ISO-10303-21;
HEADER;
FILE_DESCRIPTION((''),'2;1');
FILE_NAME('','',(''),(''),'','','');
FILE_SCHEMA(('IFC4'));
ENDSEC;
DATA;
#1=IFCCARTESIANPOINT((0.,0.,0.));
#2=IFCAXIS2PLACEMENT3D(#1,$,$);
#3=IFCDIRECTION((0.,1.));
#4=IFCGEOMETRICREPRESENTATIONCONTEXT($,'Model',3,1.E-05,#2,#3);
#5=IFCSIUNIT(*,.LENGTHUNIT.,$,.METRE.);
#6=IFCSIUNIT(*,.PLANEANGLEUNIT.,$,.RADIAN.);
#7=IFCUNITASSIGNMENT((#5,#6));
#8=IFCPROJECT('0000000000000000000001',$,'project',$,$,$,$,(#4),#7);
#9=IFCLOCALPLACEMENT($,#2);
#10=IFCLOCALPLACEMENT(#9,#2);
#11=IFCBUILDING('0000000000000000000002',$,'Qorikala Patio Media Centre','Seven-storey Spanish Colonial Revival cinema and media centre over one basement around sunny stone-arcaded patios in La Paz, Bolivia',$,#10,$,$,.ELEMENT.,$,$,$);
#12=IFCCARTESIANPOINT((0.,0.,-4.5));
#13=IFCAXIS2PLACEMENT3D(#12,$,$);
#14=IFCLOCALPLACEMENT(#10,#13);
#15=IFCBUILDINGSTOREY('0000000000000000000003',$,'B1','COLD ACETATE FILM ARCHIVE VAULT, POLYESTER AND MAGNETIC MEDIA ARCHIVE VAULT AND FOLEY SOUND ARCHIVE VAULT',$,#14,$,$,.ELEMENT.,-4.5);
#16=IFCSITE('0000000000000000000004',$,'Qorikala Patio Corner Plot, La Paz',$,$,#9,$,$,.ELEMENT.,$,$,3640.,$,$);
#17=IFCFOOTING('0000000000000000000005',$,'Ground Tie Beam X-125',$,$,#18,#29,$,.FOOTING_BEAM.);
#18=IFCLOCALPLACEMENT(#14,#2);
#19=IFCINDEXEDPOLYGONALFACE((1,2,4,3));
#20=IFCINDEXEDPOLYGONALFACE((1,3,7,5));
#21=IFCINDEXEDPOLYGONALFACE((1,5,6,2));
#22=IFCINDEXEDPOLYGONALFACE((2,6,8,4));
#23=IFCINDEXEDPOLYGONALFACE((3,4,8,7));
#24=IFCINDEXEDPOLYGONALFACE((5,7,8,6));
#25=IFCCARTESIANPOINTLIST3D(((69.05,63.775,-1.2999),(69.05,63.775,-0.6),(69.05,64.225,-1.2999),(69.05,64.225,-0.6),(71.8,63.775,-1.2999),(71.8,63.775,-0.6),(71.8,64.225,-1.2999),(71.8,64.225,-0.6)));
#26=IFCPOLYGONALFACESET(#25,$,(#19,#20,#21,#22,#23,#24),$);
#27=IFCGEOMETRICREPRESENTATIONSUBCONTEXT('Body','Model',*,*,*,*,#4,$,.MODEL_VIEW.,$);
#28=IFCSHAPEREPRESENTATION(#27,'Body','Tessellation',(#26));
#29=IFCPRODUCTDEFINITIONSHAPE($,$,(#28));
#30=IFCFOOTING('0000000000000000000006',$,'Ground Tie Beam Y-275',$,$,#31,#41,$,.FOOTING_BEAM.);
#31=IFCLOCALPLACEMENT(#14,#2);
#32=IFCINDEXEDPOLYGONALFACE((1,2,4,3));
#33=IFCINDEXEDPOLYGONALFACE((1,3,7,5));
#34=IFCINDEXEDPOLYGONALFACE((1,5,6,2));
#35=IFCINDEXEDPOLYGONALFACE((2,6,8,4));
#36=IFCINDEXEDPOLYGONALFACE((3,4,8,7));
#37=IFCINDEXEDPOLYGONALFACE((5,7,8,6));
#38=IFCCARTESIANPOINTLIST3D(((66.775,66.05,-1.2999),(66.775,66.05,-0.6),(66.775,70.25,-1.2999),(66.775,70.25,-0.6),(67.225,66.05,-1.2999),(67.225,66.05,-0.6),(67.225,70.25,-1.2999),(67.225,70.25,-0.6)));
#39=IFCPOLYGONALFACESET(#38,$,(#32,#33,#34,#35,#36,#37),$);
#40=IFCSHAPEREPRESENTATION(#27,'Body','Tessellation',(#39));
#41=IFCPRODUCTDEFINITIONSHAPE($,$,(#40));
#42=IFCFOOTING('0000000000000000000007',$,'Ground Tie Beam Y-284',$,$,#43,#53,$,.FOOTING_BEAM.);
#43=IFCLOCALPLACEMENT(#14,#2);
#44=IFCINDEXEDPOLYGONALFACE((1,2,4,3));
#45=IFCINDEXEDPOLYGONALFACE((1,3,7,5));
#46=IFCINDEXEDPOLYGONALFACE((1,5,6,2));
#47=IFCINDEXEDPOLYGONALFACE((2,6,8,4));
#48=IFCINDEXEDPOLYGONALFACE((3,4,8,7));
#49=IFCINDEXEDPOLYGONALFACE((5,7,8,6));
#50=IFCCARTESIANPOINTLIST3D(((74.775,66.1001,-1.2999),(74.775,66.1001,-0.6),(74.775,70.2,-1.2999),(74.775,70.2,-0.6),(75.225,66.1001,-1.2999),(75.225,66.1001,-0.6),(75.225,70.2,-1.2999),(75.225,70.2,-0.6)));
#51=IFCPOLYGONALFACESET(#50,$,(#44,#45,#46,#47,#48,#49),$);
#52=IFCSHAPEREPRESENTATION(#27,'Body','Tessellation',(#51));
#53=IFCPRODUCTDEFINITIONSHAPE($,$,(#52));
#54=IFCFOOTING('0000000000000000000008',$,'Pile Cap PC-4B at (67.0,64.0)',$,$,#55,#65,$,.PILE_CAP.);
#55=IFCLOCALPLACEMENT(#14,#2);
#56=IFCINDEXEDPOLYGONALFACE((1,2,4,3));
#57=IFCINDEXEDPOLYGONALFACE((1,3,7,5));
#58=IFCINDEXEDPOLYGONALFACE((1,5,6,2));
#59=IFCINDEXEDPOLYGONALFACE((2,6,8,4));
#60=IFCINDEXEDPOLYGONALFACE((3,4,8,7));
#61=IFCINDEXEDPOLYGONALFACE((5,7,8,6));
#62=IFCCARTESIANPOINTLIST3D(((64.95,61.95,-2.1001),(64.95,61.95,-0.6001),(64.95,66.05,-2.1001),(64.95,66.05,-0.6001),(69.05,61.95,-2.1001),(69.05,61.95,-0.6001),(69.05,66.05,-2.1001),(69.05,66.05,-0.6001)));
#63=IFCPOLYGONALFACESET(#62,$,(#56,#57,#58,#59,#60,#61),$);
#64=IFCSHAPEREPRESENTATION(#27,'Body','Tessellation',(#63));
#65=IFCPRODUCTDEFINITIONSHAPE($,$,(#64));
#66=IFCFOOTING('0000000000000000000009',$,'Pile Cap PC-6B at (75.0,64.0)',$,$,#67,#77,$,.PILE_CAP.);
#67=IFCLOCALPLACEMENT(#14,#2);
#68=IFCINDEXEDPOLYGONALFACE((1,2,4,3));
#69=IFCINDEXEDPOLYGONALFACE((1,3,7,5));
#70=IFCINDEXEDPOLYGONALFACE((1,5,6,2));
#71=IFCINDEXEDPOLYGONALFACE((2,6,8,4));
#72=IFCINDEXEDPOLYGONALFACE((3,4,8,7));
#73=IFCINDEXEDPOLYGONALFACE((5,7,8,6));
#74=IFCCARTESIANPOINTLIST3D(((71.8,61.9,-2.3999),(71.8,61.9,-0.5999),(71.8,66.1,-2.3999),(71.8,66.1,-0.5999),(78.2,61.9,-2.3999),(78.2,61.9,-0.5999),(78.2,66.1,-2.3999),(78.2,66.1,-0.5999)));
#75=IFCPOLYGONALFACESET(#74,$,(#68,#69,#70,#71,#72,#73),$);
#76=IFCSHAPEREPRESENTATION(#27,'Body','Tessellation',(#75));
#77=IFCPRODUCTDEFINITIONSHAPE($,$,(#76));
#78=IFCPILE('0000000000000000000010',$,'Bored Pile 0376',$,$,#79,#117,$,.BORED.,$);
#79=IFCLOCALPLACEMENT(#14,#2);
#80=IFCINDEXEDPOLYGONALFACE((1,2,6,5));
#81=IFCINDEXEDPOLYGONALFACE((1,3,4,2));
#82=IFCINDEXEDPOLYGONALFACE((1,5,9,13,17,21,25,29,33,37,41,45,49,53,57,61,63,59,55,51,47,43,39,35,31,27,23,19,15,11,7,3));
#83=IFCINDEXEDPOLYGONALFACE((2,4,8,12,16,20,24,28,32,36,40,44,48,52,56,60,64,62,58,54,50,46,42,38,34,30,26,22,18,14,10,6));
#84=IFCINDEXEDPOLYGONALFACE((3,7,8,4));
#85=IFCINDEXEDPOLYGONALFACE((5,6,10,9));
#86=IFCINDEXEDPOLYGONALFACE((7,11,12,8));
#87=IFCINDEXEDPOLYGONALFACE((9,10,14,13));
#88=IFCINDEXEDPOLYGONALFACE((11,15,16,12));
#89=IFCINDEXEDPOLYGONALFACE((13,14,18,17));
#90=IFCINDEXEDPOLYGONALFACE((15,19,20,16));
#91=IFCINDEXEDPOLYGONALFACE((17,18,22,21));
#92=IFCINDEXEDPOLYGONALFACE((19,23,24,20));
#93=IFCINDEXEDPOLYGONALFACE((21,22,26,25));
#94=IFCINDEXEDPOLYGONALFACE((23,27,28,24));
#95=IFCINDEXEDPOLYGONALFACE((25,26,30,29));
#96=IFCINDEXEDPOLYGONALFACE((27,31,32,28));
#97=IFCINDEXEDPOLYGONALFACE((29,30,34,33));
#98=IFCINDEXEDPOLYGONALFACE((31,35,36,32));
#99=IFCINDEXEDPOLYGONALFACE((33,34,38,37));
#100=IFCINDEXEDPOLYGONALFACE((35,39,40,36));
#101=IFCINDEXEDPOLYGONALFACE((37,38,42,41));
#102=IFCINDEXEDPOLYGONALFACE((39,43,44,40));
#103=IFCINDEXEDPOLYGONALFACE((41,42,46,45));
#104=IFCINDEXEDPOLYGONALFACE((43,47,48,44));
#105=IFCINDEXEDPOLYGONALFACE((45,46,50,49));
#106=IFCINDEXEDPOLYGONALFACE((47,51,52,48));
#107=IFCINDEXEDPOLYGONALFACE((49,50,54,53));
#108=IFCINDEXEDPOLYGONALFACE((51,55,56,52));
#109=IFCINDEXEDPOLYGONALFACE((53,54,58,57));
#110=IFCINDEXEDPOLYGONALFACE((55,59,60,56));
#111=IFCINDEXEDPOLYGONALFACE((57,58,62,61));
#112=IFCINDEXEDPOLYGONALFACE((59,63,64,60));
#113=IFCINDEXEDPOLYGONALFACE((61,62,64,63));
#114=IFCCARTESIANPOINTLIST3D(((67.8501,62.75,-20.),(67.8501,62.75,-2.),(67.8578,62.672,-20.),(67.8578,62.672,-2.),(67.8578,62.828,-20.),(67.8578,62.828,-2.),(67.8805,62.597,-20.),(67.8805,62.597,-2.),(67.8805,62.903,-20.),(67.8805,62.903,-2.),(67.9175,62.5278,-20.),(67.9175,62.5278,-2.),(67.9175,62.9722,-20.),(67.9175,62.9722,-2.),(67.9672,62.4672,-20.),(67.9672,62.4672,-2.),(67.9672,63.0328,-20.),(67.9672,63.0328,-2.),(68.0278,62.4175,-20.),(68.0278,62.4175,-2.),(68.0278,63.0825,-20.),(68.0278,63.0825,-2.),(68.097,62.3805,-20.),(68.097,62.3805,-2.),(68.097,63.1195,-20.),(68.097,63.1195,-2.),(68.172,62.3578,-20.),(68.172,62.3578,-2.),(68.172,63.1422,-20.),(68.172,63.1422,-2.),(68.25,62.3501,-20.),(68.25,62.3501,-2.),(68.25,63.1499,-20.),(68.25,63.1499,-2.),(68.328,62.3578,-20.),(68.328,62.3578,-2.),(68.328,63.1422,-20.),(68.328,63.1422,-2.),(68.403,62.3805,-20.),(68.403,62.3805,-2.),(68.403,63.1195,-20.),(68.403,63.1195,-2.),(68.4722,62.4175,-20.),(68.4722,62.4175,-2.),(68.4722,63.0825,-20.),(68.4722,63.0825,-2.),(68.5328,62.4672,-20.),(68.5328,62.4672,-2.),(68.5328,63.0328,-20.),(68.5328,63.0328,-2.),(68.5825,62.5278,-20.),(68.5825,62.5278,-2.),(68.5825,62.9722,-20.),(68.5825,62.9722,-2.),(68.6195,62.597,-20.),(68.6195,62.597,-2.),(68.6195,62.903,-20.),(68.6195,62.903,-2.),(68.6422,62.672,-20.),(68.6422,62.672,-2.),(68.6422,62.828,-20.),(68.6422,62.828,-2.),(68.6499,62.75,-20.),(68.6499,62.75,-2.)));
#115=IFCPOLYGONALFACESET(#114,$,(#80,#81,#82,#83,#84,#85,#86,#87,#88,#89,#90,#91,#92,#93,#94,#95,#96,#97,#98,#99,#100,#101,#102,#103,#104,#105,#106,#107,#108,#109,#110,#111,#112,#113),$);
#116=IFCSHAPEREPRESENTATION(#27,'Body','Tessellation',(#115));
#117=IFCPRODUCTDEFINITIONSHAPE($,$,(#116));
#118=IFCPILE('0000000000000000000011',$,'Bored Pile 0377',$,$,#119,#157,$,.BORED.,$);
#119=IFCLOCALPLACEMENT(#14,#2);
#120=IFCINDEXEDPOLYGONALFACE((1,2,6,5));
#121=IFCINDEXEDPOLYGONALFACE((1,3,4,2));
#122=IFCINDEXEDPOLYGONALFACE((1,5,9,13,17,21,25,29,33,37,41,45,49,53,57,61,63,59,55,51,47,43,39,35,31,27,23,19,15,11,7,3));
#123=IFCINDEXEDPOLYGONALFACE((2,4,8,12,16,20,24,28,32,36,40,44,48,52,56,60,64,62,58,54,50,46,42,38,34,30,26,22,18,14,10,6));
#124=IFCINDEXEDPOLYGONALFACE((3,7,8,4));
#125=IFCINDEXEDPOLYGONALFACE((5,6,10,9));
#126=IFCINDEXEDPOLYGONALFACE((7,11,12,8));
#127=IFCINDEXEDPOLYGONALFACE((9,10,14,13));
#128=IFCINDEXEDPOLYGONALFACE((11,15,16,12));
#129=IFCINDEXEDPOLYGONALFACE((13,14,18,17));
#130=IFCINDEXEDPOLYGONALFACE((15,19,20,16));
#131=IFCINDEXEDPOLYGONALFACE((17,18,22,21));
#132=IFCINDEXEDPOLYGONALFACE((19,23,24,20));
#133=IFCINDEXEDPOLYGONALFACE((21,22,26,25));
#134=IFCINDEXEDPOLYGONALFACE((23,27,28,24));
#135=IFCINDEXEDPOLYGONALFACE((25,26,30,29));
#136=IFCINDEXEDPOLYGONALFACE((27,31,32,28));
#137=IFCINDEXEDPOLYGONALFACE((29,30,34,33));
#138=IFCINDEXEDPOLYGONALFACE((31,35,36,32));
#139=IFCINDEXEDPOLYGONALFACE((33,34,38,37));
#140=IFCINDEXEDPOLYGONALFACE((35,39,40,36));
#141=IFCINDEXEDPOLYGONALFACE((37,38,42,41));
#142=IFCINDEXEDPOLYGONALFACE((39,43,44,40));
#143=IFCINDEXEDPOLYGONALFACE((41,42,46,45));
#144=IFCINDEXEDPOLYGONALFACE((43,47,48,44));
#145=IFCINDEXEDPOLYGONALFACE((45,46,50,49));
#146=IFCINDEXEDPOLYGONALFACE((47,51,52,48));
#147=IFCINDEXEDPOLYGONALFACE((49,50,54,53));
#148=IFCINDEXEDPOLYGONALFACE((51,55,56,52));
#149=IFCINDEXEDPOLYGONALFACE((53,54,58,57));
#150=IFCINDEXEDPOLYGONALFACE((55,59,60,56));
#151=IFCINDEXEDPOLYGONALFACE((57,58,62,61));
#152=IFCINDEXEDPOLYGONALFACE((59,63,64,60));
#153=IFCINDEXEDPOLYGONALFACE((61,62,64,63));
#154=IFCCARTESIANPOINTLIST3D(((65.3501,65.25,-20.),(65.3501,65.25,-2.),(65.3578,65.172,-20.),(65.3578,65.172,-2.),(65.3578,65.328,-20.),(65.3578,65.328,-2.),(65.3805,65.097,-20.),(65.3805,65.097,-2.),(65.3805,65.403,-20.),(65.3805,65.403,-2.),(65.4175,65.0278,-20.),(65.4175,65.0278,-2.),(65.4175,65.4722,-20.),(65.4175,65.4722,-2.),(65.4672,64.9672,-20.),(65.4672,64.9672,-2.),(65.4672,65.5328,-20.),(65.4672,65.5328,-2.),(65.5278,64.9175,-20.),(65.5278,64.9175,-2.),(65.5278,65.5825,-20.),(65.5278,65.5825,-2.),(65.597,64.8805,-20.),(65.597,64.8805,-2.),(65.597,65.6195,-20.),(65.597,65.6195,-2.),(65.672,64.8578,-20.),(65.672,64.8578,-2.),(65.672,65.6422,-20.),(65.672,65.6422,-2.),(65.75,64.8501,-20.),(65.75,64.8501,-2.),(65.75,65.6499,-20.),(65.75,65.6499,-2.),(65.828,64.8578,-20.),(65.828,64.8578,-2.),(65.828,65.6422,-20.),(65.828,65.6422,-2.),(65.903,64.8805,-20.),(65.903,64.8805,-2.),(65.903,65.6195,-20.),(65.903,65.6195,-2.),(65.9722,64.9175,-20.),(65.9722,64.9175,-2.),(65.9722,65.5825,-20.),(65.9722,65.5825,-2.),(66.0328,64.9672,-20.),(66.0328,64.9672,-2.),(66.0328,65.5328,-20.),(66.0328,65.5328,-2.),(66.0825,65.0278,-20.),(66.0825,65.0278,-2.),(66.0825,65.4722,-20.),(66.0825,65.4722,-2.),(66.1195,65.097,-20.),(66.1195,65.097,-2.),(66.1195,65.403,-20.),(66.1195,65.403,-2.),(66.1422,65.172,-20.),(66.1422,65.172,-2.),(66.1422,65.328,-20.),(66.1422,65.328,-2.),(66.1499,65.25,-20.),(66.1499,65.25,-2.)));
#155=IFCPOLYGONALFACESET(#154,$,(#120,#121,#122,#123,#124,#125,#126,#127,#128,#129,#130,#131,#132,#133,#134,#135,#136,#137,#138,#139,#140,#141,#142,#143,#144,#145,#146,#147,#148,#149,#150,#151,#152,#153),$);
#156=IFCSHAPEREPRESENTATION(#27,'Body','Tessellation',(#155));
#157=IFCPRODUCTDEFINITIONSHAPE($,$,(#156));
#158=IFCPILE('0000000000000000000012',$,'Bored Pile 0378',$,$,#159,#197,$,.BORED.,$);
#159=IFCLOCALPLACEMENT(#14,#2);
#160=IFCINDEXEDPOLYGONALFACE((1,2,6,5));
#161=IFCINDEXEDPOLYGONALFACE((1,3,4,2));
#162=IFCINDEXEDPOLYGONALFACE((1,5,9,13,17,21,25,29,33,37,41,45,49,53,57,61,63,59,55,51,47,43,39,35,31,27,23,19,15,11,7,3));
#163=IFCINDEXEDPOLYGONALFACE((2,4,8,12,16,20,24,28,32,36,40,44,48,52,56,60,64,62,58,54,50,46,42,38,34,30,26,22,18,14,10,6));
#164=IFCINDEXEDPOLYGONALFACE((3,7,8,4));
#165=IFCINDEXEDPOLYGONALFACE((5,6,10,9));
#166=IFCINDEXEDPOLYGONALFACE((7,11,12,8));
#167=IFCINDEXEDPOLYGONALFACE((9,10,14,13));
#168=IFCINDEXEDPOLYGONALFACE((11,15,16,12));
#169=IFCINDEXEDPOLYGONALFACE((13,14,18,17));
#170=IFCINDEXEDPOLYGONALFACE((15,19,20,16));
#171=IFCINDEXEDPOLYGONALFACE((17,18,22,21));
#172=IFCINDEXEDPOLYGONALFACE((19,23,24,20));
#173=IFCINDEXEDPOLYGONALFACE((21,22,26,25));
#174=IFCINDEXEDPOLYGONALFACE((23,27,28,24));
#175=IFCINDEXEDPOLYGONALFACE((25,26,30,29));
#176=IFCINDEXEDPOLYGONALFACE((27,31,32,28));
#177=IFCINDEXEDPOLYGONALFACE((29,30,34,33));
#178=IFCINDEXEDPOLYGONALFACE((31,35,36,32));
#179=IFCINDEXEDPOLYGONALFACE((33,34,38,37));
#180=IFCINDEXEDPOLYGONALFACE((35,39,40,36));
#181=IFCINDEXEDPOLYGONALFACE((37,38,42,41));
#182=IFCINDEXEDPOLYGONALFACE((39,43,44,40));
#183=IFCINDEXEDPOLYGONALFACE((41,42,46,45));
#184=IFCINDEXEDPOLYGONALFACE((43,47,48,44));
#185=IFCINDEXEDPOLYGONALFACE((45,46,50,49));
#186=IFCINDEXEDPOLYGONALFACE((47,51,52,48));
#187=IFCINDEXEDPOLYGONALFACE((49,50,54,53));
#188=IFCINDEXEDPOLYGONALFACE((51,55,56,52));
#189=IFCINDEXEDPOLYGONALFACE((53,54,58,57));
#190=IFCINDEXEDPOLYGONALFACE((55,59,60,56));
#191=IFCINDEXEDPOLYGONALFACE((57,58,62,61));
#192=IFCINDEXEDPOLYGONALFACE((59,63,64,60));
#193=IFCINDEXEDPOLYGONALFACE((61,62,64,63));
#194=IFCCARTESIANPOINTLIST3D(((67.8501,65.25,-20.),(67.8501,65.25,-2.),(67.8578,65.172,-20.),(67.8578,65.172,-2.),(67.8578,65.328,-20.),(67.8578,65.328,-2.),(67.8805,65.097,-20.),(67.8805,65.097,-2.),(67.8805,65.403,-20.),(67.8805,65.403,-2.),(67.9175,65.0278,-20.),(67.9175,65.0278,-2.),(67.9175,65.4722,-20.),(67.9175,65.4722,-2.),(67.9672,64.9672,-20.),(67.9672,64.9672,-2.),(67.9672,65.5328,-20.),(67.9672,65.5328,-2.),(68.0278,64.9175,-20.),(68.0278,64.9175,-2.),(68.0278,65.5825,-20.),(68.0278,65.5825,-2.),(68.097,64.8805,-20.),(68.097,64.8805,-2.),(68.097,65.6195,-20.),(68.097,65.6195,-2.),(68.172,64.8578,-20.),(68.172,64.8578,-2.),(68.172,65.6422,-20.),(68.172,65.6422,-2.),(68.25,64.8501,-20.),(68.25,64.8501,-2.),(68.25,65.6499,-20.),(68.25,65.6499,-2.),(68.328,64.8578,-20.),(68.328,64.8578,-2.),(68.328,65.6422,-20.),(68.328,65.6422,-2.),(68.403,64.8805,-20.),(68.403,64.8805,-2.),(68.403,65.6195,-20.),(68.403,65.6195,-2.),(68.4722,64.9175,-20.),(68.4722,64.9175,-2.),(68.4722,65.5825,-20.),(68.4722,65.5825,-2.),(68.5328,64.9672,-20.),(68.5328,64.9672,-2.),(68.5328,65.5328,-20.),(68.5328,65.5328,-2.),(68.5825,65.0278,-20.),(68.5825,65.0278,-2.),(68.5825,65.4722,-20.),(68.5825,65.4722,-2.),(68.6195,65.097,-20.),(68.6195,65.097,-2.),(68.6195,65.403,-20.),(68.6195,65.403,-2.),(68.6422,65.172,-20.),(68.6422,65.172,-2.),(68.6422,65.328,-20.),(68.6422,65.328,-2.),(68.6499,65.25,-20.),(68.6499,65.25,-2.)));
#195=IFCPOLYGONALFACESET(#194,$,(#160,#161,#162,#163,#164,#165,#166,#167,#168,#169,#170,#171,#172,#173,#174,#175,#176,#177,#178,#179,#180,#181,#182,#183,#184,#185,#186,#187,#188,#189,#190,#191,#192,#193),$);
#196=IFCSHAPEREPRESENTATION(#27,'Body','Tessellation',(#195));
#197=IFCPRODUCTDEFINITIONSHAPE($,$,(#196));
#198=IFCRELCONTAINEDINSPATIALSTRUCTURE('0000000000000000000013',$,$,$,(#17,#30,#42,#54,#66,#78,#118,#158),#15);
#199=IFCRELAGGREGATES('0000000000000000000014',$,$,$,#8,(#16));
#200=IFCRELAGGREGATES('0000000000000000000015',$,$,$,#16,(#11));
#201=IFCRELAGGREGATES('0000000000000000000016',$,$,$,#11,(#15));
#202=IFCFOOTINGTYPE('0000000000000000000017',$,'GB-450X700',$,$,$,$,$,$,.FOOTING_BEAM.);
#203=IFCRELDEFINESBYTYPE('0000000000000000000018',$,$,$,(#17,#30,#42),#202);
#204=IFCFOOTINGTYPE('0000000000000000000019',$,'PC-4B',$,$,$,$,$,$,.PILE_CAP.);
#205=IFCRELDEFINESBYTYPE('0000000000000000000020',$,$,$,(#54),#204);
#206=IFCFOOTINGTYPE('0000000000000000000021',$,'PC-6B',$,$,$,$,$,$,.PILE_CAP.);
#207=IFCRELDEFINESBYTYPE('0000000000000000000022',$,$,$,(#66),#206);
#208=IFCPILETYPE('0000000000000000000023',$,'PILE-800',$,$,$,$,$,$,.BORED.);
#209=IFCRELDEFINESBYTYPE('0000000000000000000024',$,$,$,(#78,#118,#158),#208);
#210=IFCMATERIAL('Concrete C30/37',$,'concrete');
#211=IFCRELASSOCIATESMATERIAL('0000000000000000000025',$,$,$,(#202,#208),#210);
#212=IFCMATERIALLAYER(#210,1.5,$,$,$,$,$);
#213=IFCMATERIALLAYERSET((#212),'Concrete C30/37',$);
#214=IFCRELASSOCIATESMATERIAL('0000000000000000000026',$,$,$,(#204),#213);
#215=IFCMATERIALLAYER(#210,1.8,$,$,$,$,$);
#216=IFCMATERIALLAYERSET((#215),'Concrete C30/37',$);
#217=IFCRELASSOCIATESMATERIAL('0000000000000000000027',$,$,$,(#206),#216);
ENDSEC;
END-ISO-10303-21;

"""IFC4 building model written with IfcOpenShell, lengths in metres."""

from ifc_helpers import new_model, si_unit, direction, frame, origin, origin_2d, place, context, subcontext, project, spatial, rectangle, circle, extrude, material, layer, layer_set, material_profile, profile_set, type_object, element, save


model = new_model("IFC4")

# Units and contexts
model_context = context("Model", 3, precision=1e-05, world=origin(), true_north=direction((0.0, 1.0)))
body_context = subcontext(model_context, "Body", "Model", "MODEL_VIEW")
ifc_project = project(units=[si_unit("LENGTHUNIT", "METRE"), si_unit("PLANEANGLEUNIT", "RADIAN")], contexts=[model_context])

# Site, building, storey
site_placement = place(None, origin())
site = spatial("IfcSite", under=ifc_project, at=site_placement, Name="Qorikala Patio Corner Plot, La Paz", CompositionType="ELEMENT", RefElevation=3640.0)
building_placement = place(site_placement, origin())
building = spatial("IfcBuilding", under=site, at=building_placement, Name="Qorikala Patio Media Centre", Description="Seven-storey Spanish Colonial Revival cinema and media centre over one basement around sunny stone-arcaded patios in La Paz, Bolivia", CompositionType="ELEMENT")
storey_placement = place(building_placement, frame((0.0, 0.0, -4.5)))
storey = spatial("IfcBuildingStorey", under=building, at=storey_placement, Name="B1", Description="COLD ACETATE FILM ARCHIVE VAULT, POLYESTER AND MAGNETIC MEDIA ARCHIVE VAULT AND FOLEY SOUND ARCHIVE VAULT", CompositionType="ELEMENT", Elevation=-4.5)

# Footings
ifc_material_1 = material(Name="Concrete C30/37", Category="concrete")
ifc_material_profile_1 = material_profile(ifc_material_1, rectangle(XDim=0.45, YDim=0.7, at=origin_2d()), Name="RC 450x700")
ifc_profile_set_1 = profile_set([ifc_material_profile_1], Name="Concrete C30/37")
footing_type_1 = type_object("IfcFootingType", Name="GB-450X700", PredefinedType="FOOTING_BEAM", material=ifc_profile_set_1)
footing_1_placement = place(storey_placement, frame((69.05, 64.0, -0.95), z_axis=(1.0, 0.0, 0.0), x_axis=(0.0, 1.0, 0.0)))
element("IfcFooting", 1, at=footing_1_placement, inside=storey, type_object=footing_type_1, Name="Ground Tie Beam X-125", PredefinedType="FOOTING_BEAM", context=body_context, shape_type="SweptSolid", body=[
    extrude(rectangle(XDim=0.45, YDim=0.7, at=origin_2d()), origin(), (0.0, 0.0, 1.0), 2.75),
])
footing_2_placement = place(storey_placement, frame((67.0, 66.05, -0.95), z_axis=(0.0, 1.0, 0.0), x_axis=(-1.0, 0.0, 0.0)))
element("IfcFooting", 2, at=footing_2_placement, inside=storey, type_object=footing_type_1, Name="Ground Tie Beam Y-275", PredefinedType="FOOTING_BEAM", context=body_context, shape_type="SweptSolid", body=[
    extrude(rectangle(XDim=0.45, YDim=0.7, at=origin_2d()), origin(), (0.0, 0.0, 1.0), 4.2),
])
footing_3_placement = place(storey_placement, frame((75.0, 66.1001, -0.95), z_axis=(0.0, 1.0, 0.0), x_axis=(-1.0, 0.0, 0.0)))
element("IfcFooting", 3, at=footing_3_placement, inside=storey, type_object=footing_type_1, Name="Ground Tie Beam Y-284", PredefinedType="FOOTING_BEAM", context=body_context, shape_type="SweptSolid", body=[
    extrude(rectangle(XDim=0.45, YDim=0.7, at=origin_2d()), origin(), (0.0, 0.0, 1.0), 4.0999),
])
ifc_layer_1 = layer(ifc_material_1, 1.5)
ifc_layer_set_1 = layer_set([ifc_layer_1], Name="Concrete C30/37")
footing_type_2 = type_object("IfcFootingType", Name="PC-4B", PredefinedType="PILE_CAP", material=ifc_layer_set_1)
footing_4_placement = place(storey_placement, frame((67.0, 64.0, -2.1001), z_axis=(0.0, 0.0, 1.0), x_axis=(1.0, 0.0, 0.0)))
element("IfcFooting", 4, at=footing_4_placement, inside=storey, type_object=footing_type_2, Name="Pile Cap PC-4B at (67.0,64.0)", PredefinedType="PILE_CAP", context=body_context, shape_type="SweptSolid", body=[
    extrude(rectangle(XDim=4.1001, YDim=4.1001, at=origin_2d()), origin(), (0.0, 0.0, 1.0), 1.5),
])
ifc_layer_2 = layer(ifc_material_1, 1.8)
ifc_layer_set_2 = layer_set([ifc_layer_2], Name="Concrete C30/37")
footing_type_3 = type_object("IfcFootingType", Name="PC-6B", PredefinedType="PILE_CAP", material=ifc_layer_set_2)
footing_5_placement = place(storey_placement, frame((75.0, 64.0, -2.3999), z_axis=(0.0, 0.0, 1.0), x_axis=(1.0, 0.0, 0.0)))
element("IfcFooting", 5, at=footing_5_placement, inside=storey, type_object=footing_type_3, Name="Pile Cap PC-6B at (75.0,64.0)", PredefinedType="PILE_CAP", context=body_context, shape_type="SweptSolid", body=[
    extrude(rectangle(XDim=6.3999, YDim=4.2, at=origin_2d()), origin(), (0.0, 0.0, 1.0), 1.8),
])

# Piles
ifc_material_profile_2 = material_profile(ifc_material_1, circle(Radius=0.3999, at=origin_2d()), Name="BORED PILE 800")
ifc_profile_set_2 = profile_set([ifc_material_profile_2], Name="Concrete C30/37")
pile_type = type_object("IfcPileType", Name="PILE-800", PredefinedType="BORED", material=ifc_profile_set_2)
for number, where, z_axis, x_axis, name in (
    (6, (68.25, 62.75, -2.0), (0.0, 0.0, -1.0), (1.0, 0.0, 0.0), "Bored Pile 0376"),
    (7, (65.75, 65.25, -2.0), (0.0, 0.0, -1.0), (1.0, 0.0, 0.0), "Bored Pile 0377"),
    (8, (68.25, 65.25, -2.0), (0.0, 0.0, -1.0), (1.0, 0.0, 0.0), "Bored Pile 0378"),
):
    element("IfcPile", number, at=place(storey_placement, frame(where, z_axis=z_axis, x_axis=x_axis)), inside=storey, type_object=pile_type, Name=name, PredefinedType="BORED", context=body_context, shape_type="SweptSolid", body=[
        extrude(circle(Radius=0.3999, at=origin_2d()), origin(), (0.0, 0.0, 1.0), 18.0),
    ])

save(model, "model.ifc")
